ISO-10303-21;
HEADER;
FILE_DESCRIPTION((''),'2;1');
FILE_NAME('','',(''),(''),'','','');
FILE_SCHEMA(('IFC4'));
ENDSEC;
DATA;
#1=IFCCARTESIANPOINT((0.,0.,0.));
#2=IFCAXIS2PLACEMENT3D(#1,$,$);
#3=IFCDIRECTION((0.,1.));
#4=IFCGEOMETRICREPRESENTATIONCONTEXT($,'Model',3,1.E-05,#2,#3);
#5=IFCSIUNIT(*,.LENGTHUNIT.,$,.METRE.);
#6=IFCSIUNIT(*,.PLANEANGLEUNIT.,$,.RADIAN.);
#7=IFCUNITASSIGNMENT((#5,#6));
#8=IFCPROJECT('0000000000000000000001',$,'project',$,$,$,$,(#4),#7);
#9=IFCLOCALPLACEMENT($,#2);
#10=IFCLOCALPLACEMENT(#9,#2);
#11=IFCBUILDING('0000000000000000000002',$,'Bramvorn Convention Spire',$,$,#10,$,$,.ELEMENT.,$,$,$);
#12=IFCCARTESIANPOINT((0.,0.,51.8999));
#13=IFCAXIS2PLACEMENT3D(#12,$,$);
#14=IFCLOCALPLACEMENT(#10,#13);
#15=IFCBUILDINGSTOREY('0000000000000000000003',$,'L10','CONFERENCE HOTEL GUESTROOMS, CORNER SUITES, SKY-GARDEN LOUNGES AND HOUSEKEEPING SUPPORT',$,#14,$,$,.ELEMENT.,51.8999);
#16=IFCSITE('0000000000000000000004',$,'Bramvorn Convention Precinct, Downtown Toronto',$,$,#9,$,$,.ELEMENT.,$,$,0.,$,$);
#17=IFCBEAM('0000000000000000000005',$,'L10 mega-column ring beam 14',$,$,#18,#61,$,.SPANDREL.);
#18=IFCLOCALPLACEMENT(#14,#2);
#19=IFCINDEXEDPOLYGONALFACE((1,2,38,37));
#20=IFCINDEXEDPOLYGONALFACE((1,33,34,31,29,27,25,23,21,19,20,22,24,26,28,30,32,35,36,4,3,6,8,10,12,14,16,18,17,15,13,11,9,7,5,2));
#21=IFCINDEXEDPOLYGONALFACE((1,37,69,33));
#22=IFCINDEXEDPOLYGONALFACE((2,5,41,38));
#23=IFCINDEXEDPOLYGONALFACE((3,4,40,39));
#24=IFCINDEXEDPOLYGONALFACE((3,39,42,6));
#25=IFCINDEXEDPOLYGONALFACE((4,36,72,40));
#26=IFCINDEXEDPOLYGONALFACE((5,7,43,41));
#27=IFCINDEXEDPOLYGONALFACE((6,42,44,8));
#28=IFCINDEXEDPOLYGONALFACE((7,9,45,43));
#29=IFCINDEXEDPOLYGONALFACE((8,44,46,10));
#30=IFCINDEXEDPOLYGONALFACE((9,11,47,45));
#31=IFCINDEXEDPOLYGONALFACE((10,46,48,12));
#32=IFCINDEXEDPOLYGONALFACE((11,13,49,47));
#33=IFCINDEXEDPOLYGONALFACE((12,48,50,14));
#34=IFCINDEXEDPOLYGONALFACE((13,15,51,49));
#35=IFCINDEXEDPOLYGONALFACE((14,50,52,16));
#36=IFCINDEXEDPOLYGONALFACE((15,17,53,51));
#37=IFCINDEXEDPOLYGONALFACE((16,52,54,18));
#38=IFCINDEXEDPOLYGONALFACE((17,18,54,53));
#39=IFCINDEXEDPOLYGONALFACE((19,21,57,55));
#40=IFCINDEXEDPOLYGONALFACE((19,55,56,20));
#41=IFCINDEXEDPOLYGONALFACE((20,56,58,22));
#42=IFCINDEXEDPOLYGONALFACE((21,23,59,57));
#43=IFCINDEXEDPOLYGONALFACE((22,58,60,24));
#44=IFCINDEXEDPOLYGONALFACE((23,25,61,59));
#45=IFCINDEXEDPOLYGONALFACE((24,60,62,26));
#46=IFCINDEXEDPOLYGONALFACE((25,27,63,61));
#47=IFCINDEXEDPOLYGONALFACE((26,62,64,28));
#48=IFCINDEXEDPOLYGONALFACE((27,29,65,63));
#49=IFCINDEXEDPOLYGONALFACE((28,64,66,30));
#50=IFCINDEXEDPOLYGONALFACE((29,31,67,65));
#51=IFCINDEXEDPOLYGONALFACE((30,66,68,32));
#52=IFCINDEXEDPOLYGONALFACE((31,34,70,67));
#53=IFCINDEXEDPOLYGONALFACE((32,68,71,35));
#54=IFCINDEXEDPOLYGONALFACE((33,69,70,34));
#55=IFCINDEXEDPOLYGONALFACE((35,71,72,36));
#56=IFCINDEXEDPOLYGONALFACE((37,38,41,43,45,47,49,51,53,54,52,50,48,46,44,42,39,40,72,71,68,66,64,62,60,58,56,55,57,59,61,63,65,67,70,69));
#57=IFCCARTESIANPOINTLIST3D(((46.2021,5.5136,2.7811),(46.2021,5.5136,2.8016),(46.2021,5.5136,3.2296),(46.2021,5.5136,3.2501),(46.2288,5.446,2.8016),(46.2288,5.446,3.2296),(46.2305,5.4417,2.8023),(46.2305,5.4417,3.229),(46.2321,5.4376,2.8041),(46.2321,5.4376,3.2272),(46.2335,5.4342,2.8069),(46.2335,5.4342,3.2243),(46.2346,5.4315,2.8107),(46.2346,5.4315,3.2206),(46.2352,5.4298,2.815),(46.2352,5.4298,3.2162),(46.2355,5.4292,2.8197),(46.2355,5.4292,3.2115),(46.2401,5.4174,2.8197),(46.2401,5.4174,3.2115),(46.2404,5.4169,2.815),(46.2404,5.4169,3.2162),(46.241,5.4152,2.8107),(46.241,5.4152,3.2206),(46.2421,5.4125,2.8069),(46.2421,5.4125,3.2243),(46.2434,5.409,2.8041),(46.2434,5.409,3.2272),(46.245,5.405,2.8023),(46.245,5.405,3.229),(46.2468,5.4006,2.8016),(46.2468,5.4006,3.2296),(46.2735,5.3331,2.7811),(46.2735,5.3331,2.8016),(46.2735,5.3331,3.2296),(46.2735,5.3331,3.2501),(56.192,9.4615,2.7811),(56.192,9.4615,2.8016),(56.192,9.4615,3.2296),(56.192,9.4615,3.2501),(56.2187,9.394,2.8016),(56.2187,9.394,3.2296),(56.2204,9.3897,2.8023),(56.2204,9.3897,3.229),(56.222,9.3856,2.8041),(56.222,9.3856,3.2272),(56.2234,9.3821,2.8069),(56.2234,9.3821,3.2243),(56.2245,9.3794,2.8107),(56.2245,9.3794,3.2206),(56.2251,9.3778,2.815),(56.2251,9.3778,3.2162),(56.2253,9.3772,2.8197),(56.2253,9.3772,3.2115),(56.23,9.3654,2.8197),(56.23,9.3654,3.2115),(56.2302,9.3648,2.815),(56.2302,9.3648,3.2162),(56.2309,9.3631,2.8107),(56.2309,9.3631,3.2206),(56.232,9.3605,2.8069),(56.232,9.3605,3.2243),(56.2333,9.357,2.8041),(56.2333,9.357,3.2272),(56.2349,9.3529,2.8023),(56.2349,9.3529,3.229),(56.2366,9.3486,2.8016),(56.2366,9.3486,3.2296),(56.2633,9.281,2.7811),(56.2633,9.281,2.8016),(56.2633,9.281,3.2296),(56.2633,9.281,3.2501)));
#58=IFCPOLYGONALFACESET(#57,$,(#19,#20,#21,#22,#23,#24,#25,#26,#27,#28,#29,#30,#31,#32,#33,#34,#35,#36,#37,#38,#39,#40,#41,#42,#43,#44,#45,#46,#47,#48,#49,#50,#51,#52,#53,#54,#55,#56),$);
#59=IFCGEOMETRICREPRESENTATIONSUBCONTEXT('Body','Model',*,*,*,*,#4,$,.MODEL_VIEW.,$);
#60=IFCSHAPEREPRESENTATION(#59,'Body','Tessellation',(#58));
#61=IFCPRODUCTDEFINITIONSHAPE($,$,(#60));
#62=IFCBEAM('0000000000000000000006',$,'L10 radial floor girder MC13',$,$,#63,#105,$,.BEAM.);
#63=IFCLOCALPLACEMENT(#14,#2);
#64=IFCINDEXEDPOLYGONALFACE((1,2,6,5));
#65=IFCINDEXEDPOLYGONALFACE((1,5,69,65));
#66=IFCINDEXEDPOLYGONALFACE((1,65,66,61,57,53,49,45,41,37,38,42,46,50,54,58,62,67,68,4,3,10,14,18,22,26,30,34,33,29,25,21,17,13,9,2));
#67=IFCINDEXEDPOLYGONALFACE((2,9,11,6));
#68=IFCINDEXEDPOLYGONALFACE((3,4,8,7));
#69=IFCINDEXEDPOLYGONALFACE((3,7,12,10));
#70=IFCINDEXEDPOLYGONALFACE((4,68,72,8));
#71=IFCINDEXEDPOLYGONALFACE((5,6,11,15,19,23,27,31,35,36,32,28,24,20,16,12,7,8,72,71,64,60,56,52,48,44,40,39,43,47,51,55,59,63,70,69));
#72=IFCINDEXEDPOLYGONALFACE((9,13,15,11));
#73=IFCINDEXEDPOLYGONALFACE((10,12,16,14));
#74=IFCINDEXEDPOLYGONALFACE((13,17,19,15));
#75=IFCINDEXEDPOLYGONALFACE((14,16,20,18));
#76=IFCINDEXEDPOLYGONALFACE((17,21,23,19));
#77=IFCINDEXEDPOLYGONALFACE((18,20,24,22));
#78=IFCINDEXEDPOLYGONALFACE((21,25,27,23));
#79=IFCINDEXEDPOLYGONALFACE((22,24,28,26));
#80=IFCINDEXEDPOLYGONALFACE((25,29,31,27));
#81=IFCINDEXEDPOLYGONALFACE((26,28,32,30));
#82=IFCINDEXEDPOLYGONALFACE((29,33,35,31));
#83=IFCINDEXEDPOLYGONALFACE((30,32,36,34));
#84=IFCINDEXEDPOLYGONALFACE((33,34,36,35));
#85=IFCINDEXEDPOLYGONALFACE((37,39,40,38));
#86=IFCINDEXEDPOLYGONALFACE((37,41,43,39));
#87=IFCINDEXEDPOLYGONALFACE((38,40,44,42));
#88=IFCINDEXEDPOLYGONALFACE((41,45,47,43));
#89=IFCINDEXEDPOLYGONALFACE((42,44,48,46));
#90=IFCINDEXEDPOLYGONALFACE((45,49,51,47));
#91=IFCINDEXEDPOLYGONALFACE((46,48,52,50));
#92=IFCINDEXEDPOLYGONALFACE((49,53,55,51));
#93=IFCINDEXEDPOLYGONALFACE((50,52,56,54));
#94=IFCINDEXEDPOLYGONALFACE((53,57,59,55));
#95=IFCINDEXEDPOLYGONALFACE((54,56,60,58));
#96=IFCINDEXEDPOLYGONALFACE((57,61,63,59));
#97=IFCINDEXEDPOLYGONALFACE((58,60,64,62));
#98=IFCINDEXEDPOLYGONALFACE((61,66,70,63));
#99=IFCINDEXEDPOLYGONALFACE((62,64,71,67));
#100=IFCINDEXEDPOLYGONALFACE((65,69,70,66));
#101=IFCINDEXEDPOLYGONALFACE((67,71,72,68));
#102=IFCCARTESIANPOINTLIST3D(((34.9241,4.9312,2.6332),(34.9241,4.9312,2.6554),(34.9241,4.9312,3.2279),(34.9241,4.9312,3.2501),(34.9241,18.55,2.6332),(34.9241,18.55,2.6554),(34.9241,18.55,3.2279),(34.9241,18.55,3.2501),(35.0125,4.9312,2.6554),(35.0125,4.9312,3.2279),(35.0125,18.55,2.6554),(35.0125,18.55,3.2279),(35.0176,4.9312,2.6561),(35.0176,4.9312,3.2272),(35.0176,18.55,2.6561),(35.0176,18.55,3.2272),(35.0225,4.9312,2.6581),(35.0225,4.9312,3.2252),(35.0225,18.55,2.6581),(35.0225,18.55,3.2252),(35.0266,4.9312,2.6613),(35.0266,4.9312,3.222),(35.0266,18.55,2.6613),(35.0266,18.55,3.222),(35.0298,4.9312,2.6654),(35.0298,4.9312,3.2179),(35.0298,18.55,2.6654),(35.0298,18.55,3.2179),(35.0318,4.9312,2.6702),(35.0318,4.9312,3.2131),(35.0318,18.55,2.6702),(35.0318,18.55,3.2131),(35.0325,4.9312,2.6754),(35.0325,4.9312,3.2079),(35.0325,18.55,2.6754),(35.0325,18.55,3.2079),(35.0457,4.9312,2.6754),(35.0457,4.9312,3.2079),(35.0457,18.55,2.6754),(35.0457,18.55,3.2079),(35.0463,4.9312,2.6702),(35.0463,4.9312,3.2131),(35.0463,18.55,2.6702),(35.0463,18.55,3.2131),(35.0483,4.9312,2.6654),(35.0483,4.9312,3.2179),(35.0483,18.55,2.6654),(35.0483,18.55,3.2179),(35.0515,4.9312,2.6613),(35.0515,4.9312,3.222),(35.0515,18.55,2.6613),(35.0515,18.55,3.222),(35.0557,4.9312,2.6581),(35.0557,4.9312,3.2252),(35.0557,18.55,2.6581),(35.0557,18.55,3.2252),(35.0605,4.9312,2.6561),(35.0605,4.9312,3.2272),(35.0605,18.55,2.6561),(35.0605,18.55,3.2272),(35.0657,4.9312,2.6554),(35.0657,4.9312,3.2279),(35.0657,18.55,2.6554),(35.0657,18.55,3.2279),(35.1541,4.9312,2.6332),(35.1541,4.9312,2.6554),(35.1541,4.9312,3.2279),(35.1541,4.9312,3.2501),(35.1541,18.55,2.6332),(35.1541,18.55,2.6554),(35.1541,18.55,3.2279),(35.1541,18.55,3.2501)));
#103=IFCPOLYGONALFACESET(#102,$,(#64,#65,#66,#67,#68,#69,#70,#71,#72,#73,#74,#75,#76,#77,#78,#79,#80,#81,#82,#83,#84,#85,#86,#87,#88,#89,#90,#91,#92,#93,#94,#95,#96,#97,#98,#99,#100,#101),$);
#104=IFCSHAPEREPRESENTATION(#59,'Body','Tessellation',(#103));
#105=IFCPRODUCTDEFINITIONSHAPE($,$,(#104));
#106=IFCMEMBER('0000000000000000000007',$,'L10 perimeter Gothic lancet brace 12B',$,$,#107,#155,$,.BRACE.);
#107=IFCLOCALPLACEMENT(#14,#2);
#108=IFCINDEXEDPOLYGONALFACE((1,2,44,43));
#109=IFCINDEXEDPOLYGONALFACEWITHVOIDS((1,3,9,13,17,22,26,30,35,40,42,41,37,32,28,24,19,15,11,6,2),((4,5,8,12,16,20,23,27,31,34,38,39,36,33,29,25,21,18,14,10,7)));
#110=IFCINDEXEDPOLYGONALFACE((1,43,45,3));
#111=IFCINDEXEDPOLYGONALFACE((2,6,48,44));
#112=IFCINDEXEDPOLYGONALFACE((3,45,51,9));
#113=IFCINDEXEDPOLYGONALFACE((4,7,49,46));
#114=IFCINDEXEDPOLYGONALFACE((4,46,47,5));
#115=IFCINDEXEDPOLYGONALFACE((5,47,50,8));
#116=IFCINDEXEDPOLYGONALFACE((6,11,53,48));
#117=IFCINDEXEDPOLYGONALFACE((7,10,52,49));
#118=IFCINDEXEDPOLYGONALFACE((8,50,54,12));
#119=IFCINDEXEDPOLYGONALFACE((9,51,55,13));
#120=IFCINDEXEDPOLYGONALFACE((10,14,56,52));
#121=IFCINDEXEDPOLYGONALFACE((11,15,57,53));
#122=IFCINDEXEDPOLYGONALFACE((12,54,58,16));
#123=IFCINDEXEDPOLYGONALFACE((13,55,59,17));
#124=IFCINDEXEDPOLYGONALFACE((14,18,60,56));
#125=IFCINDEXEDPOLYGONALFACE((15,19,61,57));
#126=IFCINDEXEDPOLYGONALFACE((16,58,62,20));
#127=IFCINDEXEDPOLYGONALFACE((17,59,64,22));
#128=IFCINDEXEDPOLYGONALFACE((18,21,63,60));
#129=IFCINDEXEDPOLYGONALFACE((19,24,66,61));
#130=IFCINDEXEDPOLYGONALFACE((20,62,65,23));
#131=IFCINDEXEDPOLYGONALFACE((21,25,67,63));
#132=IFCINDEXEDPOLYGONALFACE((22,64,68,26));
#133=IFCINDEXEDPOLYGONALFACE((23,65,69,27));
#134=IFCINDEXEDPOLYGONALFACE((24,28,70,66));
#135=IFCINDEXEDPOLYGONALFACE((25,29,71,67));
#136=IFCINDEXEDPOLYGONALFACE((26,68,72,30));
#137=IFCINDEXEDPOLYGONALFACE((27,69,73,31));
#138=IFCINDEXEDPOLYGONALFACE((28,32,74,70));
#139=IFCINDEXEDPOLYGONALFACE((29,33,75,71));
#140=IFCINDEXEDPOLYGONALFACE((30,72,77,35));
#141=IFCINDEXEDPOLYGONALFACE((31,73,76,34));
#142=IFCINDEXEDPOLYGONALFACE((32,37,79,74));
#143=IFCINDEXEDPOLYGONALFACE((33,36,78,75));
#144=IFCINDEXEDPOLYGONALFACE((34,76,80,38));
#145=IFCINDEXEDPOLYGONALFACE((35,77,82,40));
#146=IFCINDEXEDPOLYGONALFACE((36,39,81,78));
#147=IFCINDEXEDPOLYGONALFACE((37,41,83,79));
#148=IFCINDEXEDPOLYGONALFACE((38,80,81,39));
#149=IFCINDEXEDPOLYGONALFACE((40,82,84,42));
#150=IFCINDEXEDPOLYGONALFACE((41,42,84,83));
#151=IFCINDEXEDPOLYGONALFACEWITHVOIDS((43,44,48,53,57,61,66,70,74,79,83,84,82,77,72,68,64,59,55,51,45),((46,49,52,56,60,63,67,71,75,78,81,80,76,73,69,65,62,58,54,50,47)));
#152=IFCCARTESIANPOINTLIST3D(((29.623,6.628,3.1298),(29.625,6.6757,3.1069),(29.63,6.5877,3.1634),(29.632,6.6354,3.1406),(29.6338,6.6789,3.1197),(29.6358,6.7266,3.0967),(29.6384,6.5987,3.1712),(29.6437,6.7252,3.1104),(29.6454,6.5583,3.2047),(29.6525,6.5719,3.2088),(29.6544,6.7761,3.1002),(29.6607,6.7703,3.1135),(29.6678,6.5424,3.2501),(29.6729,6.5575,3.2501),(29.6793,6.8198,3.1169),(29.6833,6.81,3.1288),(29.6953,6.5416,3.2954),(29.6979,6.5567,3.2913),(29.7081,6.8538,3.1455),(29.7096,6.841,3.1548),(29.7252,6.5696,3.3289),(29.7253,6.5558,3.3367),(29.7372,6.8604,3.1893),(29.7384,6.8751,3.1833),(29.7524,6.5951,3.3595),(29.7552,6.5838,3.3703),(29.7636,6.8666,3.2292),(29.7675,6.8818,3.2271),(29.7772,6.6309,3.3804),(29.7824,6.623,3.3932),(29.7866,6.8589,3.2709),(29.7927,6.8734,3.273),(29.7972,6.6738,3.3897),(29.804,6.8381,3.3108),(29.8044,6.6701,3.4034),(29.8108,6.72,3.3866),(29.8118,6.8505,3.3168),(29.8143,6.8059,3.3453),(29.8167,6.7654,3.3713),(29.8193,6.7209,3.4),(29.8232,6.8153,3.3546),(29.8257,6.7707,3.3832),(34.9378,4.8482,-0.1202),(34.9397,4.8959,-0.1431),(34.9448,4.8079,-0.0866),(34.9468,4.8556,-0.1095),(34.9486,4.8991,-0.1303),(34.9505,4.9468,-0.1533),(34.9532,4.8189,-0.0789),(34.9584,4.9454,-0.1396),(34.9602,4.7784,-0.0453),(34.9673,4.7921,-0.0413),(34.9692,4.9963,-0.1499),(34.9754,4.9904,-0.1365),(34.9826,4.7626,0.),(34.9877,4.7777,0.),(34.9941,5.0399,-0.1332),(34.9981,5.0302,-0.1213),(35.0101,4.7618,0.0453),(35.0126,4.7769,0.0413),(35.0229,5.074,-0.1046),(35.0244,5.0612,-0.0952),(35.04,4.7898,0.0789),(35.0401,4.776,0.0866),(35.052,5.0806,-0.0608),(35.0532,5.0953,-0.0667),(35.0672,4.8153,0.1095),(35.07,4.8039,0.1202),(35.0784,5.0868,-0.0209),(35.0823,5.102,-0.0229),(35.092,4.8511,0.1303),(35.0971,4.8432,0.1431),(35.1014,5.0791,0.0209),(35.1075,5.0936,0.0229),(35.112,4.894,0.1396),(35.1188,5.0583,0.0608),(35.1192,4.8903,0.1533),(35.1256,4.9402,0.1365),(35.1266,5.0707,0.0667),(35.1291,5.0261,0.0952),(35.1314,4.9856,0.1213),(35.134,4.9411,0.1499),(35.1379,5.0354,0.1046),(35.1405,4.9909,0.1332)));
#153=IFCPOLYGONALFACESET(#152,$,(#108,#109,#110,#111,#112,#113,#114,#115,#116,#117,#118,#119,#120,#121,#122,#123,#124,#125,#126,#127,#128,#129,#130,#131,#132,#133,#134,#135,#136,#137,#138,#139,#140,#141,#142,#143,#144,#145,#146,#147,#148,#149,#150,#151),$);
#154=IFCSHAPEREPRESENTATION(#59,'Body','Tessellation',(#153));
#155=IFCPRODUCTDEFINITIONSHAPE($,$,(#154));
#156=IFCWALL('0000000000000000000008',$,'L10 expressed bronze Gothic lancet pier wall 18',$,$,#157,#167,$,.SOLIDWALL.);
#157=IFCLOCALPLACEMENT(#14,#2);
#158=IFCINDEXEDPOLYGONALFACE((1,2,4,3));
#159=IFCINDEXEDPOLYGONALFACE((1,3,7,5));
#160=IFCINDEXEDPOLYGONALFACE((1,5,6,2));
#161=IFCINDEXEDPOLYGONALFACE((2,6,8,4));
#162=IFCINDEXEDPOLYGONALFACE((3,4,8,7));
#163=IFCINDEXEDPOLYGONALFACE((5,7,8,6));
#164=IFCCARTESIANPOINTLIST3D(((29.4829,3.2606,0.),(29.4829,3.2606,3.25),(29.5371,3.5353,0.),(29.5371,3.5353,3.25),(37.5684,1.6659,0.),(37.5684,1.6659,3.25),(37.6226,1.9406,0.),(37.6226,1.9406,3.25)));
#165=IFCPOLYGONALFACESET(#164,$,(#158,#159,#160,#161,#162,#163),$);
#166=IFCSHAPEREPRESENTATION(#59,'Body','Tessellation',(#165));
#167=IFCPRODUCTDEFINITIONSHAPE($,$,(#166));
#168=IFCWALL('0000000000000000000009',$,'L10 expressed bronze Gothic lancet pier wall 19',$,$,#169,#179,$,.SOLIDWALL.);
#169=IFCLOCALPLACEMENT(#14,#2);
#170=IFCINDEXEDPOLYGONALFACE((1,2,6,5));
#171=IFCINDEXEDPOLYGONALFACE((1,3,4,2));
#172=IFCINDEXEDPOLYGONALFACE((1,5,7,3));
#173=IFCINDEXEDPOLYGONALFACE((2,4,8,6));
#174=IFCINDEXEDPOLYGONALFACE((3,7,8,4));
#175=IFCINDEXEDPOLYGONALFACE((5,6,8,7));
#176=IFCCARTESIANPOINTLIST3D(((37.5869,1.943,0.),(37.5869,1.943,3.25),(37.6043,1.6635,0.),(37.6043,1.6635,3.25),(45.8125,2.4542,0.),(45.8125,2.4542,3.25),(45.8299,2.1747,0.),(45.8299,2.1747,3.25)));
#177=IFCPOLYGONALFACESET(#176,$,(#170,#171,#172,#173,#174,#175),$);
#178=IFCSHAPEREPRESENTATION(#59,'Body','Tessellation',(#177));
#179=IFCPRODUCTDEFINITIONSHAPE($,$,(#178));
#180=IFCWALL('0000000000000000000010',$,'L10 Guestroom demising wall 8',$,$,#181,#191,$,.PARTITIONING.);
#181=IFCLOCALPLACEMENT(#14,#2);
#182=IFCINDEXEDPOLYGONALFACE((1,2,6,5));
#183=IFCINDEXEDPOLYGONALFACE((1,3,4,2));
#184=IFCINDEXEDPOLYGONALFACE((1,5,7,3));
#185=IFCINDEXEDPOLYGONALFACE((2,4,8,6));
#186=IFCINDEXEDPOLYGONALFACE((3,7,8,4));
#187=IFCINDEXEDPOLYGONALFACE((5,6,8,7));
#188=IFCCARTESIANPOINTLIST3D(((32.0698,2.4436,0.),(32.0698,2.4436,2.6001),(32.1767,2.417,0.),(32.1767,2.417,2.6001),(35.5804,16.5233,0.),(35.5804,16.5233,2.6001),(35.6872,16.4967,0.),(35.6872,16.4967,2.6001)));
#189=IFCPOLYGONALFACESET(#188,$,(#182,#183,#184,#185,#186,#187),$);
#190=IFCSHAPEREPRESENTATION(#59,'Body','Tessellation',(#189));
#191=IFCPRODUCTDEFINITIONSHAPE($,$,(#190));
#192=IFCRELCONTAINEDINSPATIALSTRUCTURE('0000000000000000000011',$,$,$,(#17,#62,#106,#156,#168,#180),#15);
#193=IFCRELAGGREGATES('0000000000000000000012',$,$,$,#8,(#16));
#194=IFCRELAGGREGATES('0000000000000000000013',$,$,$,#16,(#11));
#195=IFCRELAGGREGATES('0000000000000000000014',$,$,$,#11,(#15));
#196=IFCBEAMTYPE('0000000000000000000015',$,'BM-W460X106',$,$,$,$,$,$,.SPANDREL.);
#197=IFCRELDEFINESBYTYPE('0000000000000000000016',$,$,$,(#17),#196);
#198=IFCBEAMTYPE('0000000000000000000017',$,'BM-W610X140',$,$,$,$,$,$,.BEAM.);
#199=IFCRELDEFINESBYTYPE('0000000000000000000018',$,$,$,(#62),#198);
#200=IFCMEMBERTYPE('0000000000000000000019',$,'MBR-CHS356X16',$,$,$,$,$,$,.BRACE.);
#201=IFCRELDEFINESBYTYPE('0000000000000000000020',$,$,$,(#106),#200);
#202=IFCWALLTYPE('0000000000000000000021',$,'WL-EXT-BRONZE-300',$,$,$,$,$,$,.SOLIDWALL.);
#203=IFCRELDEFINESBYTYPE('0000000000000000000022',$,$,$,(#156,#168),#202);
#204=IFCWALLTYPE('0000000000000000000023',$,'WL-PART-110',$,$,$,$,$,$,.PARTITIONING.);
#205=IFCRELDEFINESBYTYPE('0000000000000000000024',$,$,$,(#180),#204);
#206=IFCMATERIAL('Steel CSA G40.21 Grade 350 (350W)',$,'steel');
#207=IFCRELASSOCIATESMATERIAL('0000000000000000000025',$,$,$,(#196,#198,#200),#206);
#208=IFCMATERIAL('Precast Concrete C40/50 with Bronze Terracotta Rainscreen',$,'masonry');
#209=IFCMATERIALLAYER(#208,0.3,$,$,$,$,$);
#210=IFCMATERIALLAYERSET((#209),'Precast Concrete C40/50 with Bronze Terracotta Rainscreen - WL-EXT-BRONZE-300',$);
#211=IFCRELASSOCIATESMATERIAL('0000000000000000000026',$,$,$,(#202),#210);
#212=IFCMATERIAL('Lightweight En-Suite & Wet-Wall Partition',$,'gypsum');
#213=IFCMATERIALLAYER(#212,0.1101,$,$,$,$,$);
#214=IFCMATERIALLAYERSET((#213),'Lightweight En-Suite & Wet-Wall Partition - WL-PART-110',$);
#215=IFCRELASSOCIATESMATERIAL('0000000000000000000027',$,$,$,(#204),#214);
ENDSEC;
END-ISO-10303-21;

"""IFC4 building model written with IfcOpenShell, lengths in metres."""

from ifc_helpers import new_model, si_unit, direction, frame, frame_2d, origin, origin_2d, place, context, subcontext, project, spatial, rectangle, hollow_circle, i_section, extrude, material, layer, layer_set, material_profile, profile_set, type_object, element, save


model = new_model("IFC4")

# Units and contexts
model_context = context("Model", 3, precision=1e-05, world=origin(), true_north=direction((0.0, 1.0)))
body_context = subcontext(model_context, "Body", "Model", "MODEL_VIEW")
ifc_project = project(units=[si_unit("LENGTHUNIT", "METRE"), si_unit("PLANEANGLEUNIT", "RADIAN")], contexts=[model_context])

# Site, building, storey
site_placement = place(None, origin())
site = spatial("IfcSite", under=ifc_project, at=site_placement, Name="Bramvorn Convention Precinct, Downtown Toronto", CompositionType="ELEMENT", RefElevation=0.0)
building_placement = place(site_placement, origin())
building = spatial("IfcBuilding", under=site, at=building_placement, Name="Bramvorn Convention Spire", CompositionType="ELEMENT")
storey_placement = place(building_placement, frame((0.0, 0.0, 51.8999)))
storey = spatial("IfcBuildingStorey", under=building, at=storey_placement, Name="L10", Description="CONFERENCE HOTEL GUESTROOMS, CORNER SUITES, SKY-GARDEN LOUNGES AND HOUSEKEEPING SUPPORT", CompositionType="ELEMENT", Elevation=51.8999)

# Shared definitions
ifc_material_1 = material(Name="Steel CSA G40.21 Grade 350 (350W)", Category="steel")

# Beams
ifc_material_profile_1 = material_profile(ifc_material_1, i_section(OverallWidth=0.1941, OverallDepth=0.469, WebThickness=0.0127, FlangeThickness=0.0205, FilletRadius=0.0181, at=origin_2d()))
ifc_profile_set_1 = profile_set([ifc_material_profile_1], Name="Steel CSA G40.21 Grade 350 (350W) - W460X106")
beam_type_1 = type_object("IfcBeamType", Name="BM-W460X106", PredefinedType="SPANDREL", material=ifc_profile_set_1)
beam_1_placement = place(storey_placement, frame((46.2378, 5.4233, 3.0156), z_axis=(0.93001, 0.367535, 0.0), x_axis=(-0.367535, 0.93001, 0.0)))
element("IfcBeam", 1, at=beam_1_placement, inside=storey, type_object=beam_type_1, Name="L10 mega-column ring beam 14", PredefinedType="SPANDREL", context=body_context, shape_type="SweptSolid", body=[
    extrude(i_section(OverallWidth=0.1941, OverallDepth=0.469, WebThickness=0.0127, FlangeThickness=0.0205, FilletRadius=0.0181, at=origin_2d()), origin(), (0.0, 0.0, 1.0), 10.7417),
])
ifc_material_profile_2 = material_profile(ifc_material_1, i_section(OverallWidth=0.23, OverallDepth=0.6169, WebThickness=0.0132, FlangeThickness=0.0222, FilletRadius=0.02, at=origin_2d()))
ifc_profile_set_2 = profile_set([ifc_material_profile_2], Name="Steel CSA G40.21 Grade 350 (350W) - W610X140")
beam_type_2 = type_object("IfcBeamType", Name="BM-W610X140", PredefinedType="BEAM", material=ifc_profile_set_2)
beam_2_placement = place(storey_placement, frame((35.0391, 18.55, 2.9417), z_axis=(0.0, -1.0, 0.0), x_axis=(1.0, 0.0, 0.0)))
element("IfcBeam", 2, at=beam_2_placement, inside=storey, type_object=beam_type_2, Name="L10 radial floor girder MC13", PredefinedType="BEAM", context=body_context, shape_type="SweptSolid", body=[
    extrude(i_section(OverallWidth=0.23, OverallDepth=0.6169, WebThickness=0.0132, FlangeThickness=0.0222, FilletRadius=0.02, at=origin_2d()), origin(), (0.0, 0.0, 1.0), 13.6189),
])

# Member
ifc_material_profile_3 = material_profile(ifc_material_1, hollow_circle(Radius=0.1777, WallThickness=0.0159, at=origin_2d()))
ifc_profile_set_3 = profile_set([ifc_material_profile_3], Name="Steel CSA G40.21 Grade 350 (350W) - CHS356X16")
member_type = type_object("IfcMemberType", Name="MBR-CHS356X16", PredefinedType="BRACE", material=ifc_profile_set_3)
member_placement = place(storey_placement, frame((35.0391, 4.9312, 0.0), z_axis=(-0.820309, 0.274705, 0.501628), x_axis=(-0.317547, -0.948242, 0.0)))
element("IfcMember", 3, at=member_placement, inside=storey, type_object=member_type, Name="L10 perimeter Gothic lancet brace 12B", PredefinedType="BRACE", context=body_context, shape_type="SweptSolid", body=[
    extrude(hollow_circle(Radius=0.1777, WallThickness=0.0159, at=origin_2d()), origin(), (0.0, 0.0, 1.0), 6.479),
])

# Walls
ifc_material_2 = material(Name="Precast Concrete C40/50 with Bronze Terracotta Rainscreen", Category="masonry")
ifc_layer_1 = layer(ifc_material_2, 0.3)
ifc_layer_set_1 = layer_set([ifc_layer_1], Name="Precast Concrete C40/50 with Bronze Terracotta Rainscreen - WL-EXT-BRONZE-300")
wall_type_1 = type_object("IfcWallType", Name="WL-EXT-BRONZE-300", PredefinedType="SOLIDWALL", material=ifc_layer_set_1)
wall_1_placement = place(storey_placement, frame((37.5955, 1.8032, 0.0), z_axis=(0.0, 0.0, 1.0), x_axis=(-0.981099, 0.193506, 0.0)))
element("IfcWall", 4, at=wall_1_placement, inside=storey, type_object=wall_type_1, Name="L10 expressed bronze Gothic lancet pier wall 18", PredefinedType="SOLIDWALL", context=body_context, shape_type="SweptSolid", body=[
    extrude(rectangle(XDim=8.2412, YDim=0.28, at=frame_2d((4.1206, 0.0))), origin(), (0.0, 0.0, 1.0), 3.25),
])
wall_2_placement = place(storey_placement, frame((45.821, 2.3145, 0.0), z_axis=(0.0, 0.0, 1.0), x_axis=(-0.998074, -0.062032, 0.0)))
element("IfcWall", 5, at=wall_2_placement, inside=storey, type_object=wall_type_1, Name="L10 expressed bronze Gothic lancet pier wall 19", PredefinedType="SOLIDWALL", context=body_context, shape_type="SweptSolid", body=[
    extrude(rectangle(XDim=8.2415, YDim=0.28, at=frame_2d((4.1206, 0.0))), origin(), (0.0, 0.0, 1.0), 3.25),
])
ifc_material_3 = material(Name="Lightweight En-Suite & Wet-Wall Partition", Category="gypsum")
ifc_layer_2 = layer(ifc_material_3, 0.1101)
ifc_layer_set_2 = layer_set([ifc_layer_2], Name="Lightweight En-Suite & Wet-Wall Partition - WL-PART-110")
wall_type_2 = type_object("IfcWallType", Name="WL-PART-110", PredefinedType="PARTITIONING", material=ifc_layer_set_2)
wall_3_placement = place(storey_placement, frame((35.6338, 16.51, 0.0), z_axis=(0.0, 0.0, 1.0), x_axis=(-0.241926, -0.970295, 0.0)))
element("IfcWall", 6, at=wall_3_placement, inside=storey, type_object=wall_type_2, Name="L10 Guestroom demising wall 8", PredefinedType="PARTITIONING", context=body_context, shape_type="SweptSolid", body=[
    extrude(rectangle(XDim=14.5107, YDim=0.1101, at=frame_2d((7.2554, 0.0))), origin(), (0.0, 0.0, 1.0), 2.6001),
])

save(model, "model.ifc")
